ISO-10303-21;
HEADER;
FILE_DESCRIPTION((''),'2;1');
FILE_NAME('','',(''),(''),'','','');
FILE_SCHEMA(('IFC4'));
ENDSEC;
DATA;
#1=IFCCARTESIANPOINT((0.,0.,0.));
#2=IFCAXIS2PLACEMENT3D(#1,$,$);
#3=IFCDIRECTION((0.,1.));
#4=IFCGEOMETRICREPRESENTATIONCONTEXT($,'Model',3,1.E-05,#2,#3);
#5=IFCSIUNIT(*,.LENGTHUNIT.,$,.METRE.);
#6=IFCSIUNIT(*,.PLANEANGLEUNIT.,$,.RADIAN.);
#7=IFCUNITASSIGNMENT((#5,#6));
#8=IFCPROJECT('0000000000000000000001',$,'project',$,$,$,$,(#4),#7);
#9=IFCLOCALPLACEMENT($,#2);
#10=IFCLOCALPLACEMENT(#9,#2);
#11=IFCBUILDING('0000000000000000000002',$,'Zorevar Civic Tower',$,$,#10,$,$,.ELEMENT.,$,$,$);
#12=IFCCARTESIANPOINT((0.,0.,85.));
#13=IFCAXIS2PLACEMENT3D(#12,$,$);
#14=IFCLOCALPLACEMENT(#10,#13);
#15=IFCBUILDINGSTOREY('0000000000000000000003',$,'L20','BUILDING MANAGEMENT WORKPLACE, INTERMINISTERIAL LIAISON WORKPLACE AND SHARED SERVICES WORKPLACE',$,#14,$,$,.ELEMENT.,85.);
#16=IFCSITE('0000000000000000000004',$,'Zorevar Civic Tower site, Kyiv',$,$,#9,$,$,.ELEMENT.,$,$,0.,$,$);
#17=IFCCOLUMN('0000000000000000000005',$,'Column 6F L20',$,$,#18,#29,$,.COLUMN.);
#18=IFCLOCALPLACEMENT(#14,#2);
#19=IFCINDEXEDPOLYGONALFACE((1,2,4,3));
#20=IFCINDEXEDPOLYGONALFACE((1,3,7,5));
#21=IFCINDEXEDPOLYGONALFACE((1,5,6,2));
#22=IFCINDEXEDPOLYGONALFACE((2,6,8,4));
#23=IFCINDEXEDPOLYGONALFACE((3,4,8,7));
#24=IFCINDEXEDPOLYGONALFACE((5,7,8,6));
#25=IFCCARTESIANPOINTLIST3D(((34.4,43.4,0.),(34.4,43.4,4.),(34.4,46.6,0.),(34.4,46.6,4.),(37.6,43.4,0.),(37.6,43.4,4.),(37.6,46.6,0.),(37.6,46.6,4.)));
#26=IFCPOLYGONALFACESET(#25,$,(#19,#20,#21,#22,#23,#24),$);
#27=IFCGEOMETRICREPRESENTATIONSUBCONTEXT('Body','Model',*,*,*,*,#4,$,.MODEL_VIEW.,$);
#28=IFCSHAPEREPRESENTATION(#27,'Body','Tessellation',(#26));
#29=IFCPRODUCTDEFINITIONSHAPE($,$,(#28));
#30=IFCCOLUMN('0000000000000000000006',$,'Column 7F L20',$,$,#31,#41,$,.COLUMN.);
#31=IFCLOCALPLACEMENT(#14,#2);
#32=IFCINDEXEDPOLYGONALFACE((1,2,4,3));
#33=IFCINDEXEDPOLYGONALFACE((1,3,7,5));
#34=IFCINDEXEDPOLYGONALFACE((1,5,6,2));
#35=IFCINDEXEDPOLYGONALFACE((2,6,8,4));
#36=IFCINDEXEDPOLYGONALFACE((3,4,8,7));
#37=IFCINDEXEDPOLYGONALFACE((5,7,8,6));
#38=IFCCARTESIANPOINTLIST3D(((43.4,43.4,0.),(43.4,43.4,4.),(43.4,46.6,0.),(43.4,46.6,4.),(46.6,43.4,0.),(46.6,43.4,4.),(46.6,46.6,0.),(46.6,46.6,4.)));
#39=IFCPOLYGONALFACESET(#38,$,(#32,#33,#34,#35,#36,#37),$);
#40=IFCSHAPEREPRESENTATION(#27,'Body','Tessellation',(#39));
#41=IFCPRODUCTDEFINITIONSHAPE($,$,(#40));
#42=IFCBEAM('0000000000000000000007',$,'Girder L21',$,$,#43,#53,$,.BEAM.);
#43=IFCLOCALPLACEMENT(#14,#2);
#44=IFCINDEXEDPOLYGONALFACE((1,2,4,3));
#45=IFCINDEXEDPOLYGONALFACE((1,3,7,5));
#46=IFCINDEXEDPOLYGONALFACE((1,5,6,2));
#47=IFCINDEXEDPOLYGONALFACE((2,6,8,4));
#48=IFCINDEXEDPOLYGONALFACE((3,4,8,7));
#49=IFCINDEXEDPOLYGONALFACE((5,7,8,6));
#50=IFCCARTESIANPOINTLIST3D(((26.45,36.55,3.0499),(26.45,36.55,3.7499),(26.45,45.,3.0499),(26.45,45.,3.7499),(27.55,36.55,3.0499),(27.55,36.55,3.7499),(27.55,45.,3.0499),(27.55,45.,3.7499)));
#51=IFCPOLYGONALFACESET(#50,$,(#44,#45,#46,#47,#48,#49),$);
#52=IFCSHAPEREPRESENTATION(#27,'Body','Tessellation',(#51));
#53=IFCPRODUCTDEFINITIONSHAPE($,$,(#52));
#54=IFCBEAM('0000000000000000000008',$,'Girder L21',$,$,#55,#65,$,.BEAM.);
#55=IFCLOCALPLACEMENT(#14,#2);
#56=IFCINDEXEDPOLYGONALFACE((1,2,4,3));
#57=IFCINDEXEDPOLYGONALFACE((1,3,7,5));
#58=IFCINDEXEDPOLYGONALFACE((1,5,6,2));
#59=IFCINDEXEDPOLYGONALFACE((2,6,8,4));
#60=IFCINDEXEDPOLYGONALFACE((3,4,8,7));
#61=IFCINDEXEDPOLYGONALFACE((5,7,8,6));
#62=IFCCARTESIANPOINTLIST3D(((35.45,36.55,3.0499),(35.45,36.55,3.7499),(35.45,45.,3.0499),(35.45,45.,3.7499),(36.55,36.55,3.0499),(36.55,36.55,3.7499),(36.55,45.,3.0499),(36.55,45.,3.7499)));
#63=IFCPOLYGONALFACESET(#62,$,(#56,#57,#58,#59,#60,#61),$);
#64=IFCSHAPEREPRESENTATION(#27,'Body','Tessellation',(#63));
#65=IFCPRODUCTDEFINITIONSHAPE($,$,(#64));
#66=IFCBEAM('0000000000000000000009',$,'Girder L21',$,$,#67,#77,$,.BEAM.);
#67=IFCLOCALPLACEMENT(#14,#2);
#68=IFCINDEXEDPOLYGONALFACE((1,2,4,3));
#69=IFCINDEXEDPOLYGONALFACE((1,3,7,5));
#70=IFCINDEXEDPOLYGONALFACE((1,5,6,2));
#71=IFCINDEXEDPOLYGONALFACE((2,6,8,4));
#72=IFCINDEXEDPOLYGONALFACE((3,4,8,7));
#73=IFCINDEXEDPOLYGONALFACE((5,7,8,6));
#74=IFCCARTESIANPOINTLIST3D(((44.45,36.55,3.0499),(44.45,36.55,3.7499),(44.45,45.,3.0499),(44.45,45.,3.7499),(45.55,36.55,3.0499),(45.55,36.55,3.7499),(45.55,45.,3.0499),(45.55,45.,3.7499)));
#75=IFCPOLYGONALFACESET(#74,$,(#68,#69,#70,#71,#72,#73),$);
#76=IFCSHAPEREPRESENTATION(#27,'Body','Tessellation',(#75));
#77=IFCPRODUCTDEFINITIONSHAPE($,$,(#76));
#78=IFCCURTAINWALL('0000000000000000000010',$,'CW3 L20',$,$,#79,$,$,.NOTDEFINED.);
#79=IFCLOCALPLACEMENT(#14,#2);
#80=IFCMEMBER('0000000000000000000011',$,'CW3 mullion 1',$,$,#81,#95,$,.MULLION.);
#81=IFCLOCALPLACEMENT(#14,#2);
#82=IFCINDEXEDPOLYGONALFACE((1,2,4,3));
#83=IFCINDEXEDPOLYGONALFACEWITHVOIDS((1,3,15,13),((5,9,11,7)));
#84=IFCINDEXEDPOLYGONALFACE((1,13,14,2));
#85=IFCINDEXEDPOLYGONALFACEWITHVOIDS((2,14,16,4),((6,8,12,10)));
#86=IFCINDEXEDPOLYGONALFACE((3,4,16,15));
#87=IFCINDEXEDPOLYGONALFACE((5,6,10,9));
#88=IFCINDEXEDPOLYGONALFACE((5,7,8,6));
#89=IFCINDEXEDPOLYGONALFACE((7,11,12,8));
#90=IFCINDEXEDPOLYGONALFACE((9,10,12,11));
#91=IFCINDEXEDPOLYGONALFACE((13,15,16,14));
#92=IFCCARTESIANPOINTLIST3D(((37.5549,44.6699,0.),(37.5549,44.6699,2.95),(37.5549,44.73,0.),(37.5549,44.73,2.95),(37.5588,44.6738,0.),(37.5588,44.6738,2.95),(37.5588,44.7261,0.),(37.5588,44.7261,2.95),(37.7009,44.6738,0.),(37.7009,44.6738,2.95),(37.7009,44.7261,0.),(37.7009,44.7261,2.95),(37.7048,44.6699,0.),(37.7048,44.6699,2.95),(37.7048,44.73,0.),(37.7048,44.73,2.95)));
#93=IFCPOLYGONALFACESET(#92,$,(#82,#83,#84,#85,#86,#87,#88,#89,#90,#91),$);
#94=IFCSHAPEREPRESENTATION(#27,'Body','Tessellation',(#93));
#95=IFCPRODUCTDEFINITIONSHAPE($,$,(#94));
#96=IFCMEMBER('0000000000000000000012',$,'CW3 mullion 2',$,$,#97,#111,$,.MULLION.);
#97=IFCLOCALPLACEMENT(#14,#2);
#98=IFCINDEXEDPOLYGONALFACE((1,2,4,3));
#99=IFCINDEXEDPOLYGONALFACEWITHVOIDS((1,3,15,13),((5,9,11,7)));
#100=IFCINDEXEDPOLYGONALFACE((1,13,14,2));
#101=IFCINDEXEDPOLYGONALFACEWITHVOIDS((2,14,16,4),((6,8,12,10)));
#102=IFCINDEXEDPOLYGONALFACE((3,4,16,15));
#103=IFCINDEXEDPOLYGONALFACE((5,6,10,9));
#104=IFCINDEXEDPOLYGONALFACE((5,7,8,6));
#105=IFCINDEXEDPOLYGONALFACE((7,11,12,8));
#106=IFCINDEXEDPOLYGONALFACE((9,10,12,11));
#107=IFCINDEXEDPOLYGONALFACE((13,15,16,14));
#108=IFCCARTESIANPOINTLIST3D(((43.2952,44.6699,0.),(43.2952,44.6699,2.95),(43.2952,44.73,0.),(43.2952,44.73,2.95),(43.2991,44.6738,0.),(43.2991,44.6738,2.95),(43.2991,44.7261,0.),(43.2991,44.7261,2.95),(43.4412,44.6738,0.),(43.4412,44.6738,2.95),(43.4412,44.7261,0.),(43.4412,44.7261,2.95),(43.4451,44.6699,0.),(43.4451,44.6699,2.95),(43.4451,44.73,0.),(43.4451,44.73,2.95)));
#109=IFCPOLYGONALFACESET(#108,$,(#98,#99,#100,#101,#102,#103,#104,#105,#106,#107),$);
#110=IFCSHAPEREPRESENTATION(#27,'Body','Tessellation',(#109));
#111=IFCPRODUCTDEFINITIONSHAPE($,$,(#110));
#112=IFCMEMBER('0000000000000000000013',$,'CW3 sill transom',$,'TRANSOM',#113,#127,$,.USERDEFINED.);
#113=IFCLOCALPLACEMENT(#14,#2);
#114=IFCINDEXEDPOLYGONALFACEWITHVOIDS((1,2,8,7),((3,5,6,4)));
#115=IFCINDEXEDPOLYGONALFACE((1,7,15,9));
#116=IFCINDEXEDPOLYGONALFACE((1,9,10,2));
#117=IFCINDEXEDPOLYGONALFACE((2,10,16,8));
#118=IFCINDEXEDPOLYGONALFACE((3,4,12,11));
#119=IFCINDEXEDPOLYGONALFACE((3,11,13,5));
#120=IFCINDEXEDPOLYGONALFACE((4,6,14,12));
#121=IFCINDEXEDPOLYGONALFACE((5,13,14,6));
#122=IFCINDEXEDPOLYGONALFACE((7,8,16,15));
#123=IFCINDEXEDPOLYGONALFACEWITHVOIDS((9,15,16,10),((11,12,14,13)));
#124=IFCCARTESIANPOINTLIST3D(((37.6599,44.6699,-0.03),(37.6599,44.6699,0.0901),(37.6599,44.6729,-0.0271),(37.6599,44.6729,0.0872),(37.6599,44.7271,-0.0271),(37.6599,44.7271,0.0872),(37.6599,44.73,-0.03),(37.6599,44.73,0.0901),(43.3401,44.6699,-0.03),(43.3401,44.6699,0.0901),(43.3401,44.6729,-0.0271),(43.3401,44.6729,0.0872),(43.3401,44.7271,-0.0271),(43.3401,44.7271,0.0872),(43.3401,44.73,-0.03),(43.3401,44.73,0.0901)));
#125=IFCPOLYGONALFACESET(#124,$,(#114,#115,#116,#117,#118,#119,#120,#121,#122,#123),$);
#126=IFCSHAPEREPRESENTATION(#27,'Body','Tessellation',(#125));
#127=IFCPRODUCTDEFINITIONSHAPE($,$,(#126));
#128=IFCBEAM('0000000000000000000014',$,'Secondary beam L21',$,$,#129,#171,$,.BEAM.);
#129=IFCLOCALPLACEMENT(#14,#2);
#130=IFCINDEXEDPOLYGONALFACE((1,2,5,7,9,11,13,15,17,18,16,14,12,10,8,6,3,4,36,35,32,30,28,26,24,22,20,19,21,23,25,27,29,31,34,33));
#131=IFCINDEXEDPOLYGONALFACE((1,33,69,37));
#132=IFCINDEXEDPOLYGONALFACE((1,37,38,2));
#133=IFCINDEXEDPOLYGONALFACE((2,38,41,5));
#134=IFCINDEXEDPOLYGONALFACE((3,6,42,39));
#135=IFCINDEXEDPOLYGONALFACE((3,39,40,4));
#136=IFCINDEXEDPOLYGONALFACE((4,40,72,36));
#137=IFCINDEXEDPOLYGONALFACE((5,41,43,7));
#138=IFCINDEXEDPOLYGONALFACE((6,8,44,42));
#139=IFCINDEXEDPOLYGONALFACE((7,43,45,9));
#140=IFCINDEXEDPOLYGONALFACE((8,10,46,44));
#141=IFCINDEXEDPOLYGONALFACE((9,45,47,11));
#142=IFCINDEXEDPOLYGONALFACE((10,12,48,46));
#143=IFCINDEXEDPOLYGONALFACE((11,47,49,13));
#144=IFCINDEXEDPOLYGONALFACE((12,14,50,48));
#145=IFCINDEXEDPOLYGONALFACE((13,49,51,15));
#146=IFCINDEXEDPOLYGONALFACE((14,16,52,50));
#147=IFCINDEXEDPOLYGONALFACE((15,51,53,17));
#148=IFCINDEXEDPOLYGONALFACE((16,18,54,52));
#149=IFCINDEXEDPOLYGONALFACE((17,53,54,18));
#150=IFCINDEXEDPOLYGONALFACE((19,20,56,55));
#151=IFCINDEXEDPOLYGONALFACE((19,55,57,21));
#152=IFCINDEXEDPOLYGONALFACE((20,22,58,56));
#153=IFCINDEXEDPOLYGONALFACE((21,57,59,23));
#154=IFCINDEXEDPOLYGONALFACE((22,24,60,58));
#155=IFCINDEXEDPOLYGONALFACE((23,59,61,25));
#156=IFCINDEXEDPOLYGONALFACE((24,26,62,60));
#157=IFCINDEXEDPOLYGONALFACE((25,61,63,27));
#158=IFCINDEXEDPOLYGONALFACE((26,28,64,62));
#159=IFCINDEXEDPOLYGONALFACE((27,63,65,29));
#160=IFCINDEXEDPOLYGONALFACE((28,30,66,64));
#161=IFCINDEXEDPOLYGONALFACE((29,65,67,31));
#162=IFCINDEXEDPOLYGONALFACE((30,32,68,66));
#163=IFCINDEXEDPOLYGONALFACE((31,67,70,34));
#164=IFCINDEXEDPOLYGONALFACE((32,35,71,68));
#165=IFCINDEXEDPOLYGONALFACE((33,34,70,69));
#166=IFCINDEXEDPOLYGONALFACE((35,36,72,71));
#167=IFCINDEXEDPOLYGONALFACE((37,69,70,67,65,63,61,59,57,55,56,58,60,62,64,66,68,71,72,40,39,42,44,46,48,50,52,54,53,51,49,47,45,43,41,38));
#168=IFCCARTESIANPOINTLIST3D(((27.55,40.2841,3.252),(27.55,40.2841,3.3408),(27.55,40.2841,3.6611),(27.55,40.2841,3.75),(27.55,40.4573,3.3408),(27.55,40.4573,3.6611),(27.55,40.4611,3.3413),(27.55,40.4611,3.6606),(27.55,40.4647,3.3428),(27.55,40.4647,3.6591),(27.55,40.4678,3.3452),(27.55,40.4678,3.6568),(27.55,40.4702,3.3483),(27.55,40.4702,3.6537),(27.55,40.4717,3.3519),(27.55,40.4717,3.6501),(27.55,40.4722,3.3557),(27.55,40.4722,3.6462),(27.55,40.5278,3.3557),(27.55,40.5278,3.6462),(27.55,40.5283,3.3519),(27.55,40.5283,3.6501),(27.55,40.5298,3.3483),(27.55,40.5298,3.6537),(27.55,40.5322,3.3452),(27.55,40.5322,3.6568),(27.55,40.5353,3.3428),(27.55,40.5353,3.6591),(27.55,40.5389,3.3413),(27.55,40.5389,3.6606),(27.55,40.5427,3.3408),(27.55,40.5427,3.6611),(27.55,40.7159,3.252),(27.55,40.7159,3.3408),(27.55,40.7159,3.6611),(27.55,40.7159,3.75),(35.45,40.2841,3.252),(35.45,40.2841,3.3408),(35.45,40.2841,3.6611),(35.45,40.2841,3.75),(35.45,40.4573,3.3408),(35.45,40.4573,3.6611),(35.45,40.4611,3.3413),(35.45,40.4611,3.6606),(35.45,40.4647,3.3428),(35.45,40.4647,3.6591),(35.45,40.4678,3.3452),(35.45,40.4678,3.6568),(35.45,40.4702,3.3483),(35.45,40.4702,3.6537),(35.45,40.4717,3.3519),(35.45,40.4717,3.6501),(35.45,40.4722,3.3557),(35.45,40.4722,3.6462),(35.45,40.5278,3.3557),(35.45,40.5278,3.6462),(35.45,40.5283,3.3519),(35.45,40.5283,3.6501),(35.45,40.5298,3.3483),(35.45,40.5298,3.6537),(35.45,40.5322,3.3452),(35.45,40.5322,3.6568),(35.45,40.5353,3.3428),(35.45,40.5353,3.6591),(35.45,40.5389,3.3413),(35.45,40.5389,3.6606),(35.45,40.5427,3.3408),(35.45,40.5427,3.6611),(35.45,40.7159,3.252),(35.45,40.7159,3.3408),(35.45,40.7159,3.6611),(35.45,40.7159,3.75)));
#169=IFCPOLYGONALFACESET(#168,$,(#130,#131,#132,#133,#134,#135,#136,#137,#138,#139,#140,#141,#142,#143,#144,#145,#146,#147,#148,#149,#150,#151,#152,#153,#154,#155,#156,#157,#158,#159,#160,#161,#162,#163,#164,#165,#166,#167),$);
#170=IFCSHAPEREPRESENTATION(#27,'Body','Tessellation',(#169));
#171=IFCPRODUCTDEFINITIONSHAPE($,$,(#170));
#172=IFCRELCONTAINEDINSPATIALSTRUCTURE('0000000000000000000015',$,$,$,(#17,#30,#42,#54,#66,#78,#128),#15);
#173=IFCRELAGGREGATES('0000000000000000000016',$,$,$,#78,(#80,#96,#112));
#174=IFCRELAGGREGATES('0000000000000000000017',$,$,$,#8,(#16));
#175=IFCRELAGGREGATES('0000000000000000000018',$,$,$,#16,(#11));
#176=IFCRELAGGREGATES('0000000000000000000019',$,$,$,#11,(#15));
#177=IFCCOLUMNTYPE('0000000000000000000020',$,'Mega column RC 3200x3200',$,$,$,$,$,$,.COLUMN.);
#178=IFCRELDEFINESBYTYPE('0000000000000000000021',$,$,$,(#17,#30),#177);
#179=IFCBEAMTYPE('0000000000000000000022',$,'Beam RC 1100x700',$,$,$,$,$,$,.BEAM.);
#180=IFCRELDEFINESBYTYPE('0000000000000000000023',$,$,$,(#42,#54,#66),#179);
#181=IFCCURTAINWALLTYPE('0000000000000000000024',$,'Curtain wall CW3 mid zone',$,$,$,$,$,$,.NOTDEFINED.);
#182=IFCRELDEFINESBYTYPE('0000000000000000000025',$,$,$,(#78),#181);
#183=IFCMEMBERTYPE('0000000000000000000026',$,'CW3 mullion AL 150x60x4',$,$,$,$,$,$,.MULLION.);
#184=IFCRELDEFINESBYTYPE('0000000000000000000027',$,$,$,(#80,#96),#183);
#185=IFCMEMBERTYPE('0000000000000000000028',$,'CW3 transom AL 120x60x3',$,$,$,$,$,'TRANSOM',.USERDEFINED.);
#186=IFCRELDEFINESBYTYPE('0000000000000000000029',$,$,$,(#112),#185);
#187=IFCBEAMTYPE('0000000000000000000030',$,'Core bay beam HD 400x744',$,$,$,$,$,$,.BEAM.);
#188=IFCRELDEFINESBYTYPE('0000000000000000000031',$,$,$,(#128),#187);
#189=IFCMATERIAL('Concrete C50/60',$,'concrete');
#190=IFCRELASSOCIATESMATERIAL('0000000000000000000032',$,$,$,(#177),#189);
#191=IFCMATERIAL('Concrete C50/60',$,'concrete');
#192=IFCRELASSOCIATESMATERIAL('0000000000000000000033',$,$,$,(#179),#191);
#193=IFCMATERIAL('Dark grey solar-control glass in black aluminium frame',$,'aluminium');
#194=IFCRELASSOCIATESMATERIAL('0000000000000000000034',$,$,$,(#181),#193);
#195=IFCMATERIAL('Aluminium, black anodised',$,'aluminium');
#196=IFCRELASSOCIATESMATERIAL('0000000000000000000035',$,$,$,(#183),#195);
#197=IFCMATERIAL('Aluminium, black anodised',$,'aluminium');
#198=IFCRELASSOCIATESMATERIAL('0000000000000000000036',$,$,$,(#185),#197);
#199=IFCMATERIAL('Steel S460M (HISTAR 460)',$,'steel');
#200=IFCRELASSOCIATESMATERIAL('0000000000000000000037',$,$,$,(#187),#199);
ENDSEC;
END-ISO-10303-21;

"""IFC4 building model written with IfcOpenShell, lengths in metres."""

from ifc_helpers import new_model, si_unit, direction, frame, origin, origin_2d, place, context, subcontext, project, spatial, rectangle, hollow_rectangle, i_section, extrude, material, material_profile, profile_set, type_object, element, aggregate, save


model = new_model("IFC4")

# Units and contexts
model_context = context("Model", 3, precision=1e-05, world=origin(), true_north=direction((0.0, 1.0)))
body_context = subcontext(model_context, "Body", "Model", "MODEL_VIEW")
ifc_project = project(units=[si_unit("LENGTHUNIT", "METRE"), si_unit("PLANEANGLEUNIT", "RADIAN")], contexts=[model_context])

# Site, building, storey
site_placement = place(None, origin())
site = spatial("IfcSite", under=ifc_project, at=site_placement, Name="Zorevar Civic Tower site, Kyiv", CompositionType="ELEMENT", RefElevation=0.0)
building_placement = place(site_placement, origin())
building = spatial("IfcBuilding", under=site, at=building_placement, Name="Zorevar Civic Tower", CompositionType="ELEMENT")
storey_placement = place(building_placement, frame((0.0, 0.0, 85.0)))
storey = spatial("IfcBuildingStorey", under=building, at=storey_placement, Name="L20", Description="BUILDING MANAGEMENT WORKPLACE, INTERMINISTERIAL LIAISON WORKPLACE AND SHARED SERVICES WORKPLACE", CompositionType="ELEMENT", Elevation=85.0)

# Columns
ifc_material_1 = material(Name="Concrete C50/60", Category="concrete")
ifc_material_profile_1 = material_profile(ifc_material_1, rectangle(XDim=3.2, YDim=3.2, at=origin_2d()), Name="RC 3200x3200")
ifc_profile_set_1 = profile_set([ifc_material_profile_1], Name="Concrete C50/60")
column_type = type_object("IfcColumnType", Name="Mega column RC 3200x3200", PredefinedType="COLUMN", material=ifc_profile_set_1)
for number, where, z_axis, x_axis, name in (
    (1, (36.0, 45.0, 0.0), (0.0, 0.0, 1.0), (1.0, 0.0, 0.0), "Column 6F L20"),
    (2, (45.0, 45.0, 0.0), (0.0, 0.0, 1.0), (1.0, 0.0, 0.0), "Column 7F L20"),
):
    element("IfcColumn", number, at=place(storey_placement, frame(where, z_axis=z_axis, x_axis=x_axis)), inside=storey, type_object=column_type, Name=name, PredefinedType="COLUMN", context=body_context, shape_type="SweptSolid", body=[
        extrude(rectangle(XDim=3.2, YDim=3.2, at=origin_2d()), origin(), (0.0, 0.0, 1.0), 4.0),
    ])

# Beams
ifc_material_2 = material(Name="Concrete C50/60", Category="concrete")
ifc_material_profile_2 = material_profile(ifc_material_2, rectangle(XDim=1.1001, YDim=0.7, at=origin_2d()), Name="RC 1100x700")
ifc_profile_set_2 = profile_set([ifc_material_profile_2], Name="Concrete C50/60")
beam_type_1 = type_object("IfcBeamType", Name="Beam RC 1100x700", PredefinedType="BEAM", material=ifc_profile_set_2)
for number, where, z_axis, x_axis, name in (
    (3, (27.0, 36.55, 3.3999), (0.0, 1.0, 0.0), (-1.0, 0.0, 0.0), "Girder L21"),
    (4, (36.0, 36.55, 3.3999), (0.0, 1.0, 0.0), (-1.0, 0.0, 0.0), "Girder L21"),
    (5, (45.0, 36.55, 3.3999), (0.0, 1.0, 0.0), (-1.0, 0.0, 0.0), "Girder L21"),
):
    element("IfcBeam", number, at=place(storey_placement, frame(where, z_axis=z_axis, x_axis=x_axis)), inside=storey, type_object=beam_type_1, Name=name, PredefinedType="BEAM", context=body_context, shape_type="SweptSolid", body=[
        extrude(rectangle(XDim=1.1001, YDim=0.7, at=origin_2d()), origin(), (0.0, 0.0, 1.0), 8.45),
    ])

# Curtain wall, members
ifc_material_3 = material(Name="Dark grey solar-control glass in black aluminium frame", Category="aluminium")
curtain_wall_type = type_object("IfcCurtainWallType", Name="Curtain wall CW3 mid zone", PredefinedType="NOTDEFINED", material=ifc_material_3)
curtain_wall_placement = place(storey_placement, origin())
curtain_wall = element("IfcCurtainWall", 6, at=curtain_wall_placement, inside=storey, type_object=curtain_wall_type, Name="CW3 L20", PredefinedType="NOTDEFINED")
ifc_material_4 = material(Name="Aluminium, black anodised", Category="aluminium")
ifc_material_profile_3 = material_profile(ifc_material_4, hollow_rectangle(XDim=0.0601, YDim=0.1499, WallThickness=0.0039, at=origin_2d()), Name="AL 150x60x4")
ifc_profile_set_3 = profile_set([ifc_material_profile_3], Name="Aluminium, black anodised")
member_type_1 = type_object("IfcMemberType", Name="CW3 mullion AL 150x60x4", PredefinedType="MULLION", material=ifc_profile_set_3)
member_1_placement = place(storey_placement, frame((37.6299, 44.7, 0.0), z_axis=(0.0, 0.0, 1.0), x_axis=(0.0, 1.0, 0.0)))
member_1 = element("IfcMember", 7, at=member_1_placement, type_object=member_type_1, Name="CW3 mullion 1", PredefinedType="MULLION", context=body_context, shape_type="SweptSolid", body=[
    extrude(hollow_rectangle(XDim=0.0601, YDim=0.1499, WallThickness=0.0039, at=origin_2d()), origin(), (0.0, 0.0, 1.0), 2.95),
])
member_2_placement = place(storey_placement, frame((43.3701, 44.7, 0.0), z_axis=(0.0, 0.0, 1.0), x_axis=(0.0, 1.0, 0.0)))
member_2 = element("IfcMember", 8, at=member_2_placement, type_object=member_type_1, Name="CW3 mullion 2", PredefinedType="MULLION", context=body_context, shape_type="SweptSolid", body=[
    extrude(hollow_rectangle(XDim=0.0601, YDim=0.1499, WallThickness=0.0039, at=origin_2d()), origin(), (0.0, 0.0, 1.0), 2.95),
])
ifc_material_5 = material(Name="Aluminium, black anodised", Category="aluminium")
ifc_material_profile_4 = material_profile(ifc_material_5, hollow_rectangle(XDim=0.0601, YDim=0.1201, WallThickness=0.0029, at=origin_2d()), Name="AL 120x60x3")
ifc_profile_set_4 = profile_set([ifc_material_profile_4], Name="Aluminium, black anodised")
member_type_2 = type_object("IfcMemberType", Name="CW3 transom AL 120x60x3", ElementType="TRANSOM", PredefinedType="USERDEFINED", material=ifc_profile_set_4)
member_3_placement = place(storey_placement, frame((37.6599, 44.7, 0.03), z_axis=(1.0, 0.0, 0.0), x_axis=(0.0, 1.0, 0.0)))
member_3 = element("IfcMember", 9, at=member_3_placement, type_object=member_type_2, Name="CW3 sill transom", ObjectType="TRANSOM", PredefinedType="USERDEFINED", context=body_context, shape_type="SweptSolid", body=[
    extrude(hollow_rectangle(XDim=0.0601, YDim=0.1201, WallThickness=0.0029, at=origin_2d()), origin(), (0.0, 0.0, 1.0), 5.6802),
])

# Beam
ifc_material_6 = material(Name="Steel S460M (HISTAR 460)", Category="steel")
ifc_material_profile_5 = material_profile(ifc_material_6, i_section(OverallWidth=0.4319, OverallDepth=0.498, WebThickness=0.0557, FlangeThickness=0.0889, FilletRadius=0.0149, at=origin_2d()), Name="HD 400x744")
ifc_profile_set_5 = profile_set([ifc_material_profile_5], Name="Steel S460M (HISTAR 460)")
beam_type_2 = type_object("IfcBeamType", Name="Core bay beam HD 400x744", PredefinedType="BEAM", material=ifc_profile_set_5)
for number, where, z_axis, x_axis, name in (
    (10, (27.55, 40.5, 3.501), (1.0, 0.0, 0.0), (0.0, 1.0, 0.0), "Secondary beam L21"),
):
    element("IfcBeam", number, at=place(storey_placement, frame(where, z_axis=z_axis, x_axis=x_axis)), inside=storey, type_object=beam_type_2, Name=name, PredefinedType="BEAM", context=body_context, shape_type="SweptSolid", body=[
        extrude(i_section(OverallWidth=0.4319, OverallDepth=0.498, WebThickness=0.0557, FlangeThickness=0.0889, FilletRadius=0.0149, at=origin_2d()), origin(), (0.0, 0.0, 1.0), 7.8999),
    ])

aggregate(curtain_wall, [member_1, member_2, member_3])

save(model, "model.ifc")
